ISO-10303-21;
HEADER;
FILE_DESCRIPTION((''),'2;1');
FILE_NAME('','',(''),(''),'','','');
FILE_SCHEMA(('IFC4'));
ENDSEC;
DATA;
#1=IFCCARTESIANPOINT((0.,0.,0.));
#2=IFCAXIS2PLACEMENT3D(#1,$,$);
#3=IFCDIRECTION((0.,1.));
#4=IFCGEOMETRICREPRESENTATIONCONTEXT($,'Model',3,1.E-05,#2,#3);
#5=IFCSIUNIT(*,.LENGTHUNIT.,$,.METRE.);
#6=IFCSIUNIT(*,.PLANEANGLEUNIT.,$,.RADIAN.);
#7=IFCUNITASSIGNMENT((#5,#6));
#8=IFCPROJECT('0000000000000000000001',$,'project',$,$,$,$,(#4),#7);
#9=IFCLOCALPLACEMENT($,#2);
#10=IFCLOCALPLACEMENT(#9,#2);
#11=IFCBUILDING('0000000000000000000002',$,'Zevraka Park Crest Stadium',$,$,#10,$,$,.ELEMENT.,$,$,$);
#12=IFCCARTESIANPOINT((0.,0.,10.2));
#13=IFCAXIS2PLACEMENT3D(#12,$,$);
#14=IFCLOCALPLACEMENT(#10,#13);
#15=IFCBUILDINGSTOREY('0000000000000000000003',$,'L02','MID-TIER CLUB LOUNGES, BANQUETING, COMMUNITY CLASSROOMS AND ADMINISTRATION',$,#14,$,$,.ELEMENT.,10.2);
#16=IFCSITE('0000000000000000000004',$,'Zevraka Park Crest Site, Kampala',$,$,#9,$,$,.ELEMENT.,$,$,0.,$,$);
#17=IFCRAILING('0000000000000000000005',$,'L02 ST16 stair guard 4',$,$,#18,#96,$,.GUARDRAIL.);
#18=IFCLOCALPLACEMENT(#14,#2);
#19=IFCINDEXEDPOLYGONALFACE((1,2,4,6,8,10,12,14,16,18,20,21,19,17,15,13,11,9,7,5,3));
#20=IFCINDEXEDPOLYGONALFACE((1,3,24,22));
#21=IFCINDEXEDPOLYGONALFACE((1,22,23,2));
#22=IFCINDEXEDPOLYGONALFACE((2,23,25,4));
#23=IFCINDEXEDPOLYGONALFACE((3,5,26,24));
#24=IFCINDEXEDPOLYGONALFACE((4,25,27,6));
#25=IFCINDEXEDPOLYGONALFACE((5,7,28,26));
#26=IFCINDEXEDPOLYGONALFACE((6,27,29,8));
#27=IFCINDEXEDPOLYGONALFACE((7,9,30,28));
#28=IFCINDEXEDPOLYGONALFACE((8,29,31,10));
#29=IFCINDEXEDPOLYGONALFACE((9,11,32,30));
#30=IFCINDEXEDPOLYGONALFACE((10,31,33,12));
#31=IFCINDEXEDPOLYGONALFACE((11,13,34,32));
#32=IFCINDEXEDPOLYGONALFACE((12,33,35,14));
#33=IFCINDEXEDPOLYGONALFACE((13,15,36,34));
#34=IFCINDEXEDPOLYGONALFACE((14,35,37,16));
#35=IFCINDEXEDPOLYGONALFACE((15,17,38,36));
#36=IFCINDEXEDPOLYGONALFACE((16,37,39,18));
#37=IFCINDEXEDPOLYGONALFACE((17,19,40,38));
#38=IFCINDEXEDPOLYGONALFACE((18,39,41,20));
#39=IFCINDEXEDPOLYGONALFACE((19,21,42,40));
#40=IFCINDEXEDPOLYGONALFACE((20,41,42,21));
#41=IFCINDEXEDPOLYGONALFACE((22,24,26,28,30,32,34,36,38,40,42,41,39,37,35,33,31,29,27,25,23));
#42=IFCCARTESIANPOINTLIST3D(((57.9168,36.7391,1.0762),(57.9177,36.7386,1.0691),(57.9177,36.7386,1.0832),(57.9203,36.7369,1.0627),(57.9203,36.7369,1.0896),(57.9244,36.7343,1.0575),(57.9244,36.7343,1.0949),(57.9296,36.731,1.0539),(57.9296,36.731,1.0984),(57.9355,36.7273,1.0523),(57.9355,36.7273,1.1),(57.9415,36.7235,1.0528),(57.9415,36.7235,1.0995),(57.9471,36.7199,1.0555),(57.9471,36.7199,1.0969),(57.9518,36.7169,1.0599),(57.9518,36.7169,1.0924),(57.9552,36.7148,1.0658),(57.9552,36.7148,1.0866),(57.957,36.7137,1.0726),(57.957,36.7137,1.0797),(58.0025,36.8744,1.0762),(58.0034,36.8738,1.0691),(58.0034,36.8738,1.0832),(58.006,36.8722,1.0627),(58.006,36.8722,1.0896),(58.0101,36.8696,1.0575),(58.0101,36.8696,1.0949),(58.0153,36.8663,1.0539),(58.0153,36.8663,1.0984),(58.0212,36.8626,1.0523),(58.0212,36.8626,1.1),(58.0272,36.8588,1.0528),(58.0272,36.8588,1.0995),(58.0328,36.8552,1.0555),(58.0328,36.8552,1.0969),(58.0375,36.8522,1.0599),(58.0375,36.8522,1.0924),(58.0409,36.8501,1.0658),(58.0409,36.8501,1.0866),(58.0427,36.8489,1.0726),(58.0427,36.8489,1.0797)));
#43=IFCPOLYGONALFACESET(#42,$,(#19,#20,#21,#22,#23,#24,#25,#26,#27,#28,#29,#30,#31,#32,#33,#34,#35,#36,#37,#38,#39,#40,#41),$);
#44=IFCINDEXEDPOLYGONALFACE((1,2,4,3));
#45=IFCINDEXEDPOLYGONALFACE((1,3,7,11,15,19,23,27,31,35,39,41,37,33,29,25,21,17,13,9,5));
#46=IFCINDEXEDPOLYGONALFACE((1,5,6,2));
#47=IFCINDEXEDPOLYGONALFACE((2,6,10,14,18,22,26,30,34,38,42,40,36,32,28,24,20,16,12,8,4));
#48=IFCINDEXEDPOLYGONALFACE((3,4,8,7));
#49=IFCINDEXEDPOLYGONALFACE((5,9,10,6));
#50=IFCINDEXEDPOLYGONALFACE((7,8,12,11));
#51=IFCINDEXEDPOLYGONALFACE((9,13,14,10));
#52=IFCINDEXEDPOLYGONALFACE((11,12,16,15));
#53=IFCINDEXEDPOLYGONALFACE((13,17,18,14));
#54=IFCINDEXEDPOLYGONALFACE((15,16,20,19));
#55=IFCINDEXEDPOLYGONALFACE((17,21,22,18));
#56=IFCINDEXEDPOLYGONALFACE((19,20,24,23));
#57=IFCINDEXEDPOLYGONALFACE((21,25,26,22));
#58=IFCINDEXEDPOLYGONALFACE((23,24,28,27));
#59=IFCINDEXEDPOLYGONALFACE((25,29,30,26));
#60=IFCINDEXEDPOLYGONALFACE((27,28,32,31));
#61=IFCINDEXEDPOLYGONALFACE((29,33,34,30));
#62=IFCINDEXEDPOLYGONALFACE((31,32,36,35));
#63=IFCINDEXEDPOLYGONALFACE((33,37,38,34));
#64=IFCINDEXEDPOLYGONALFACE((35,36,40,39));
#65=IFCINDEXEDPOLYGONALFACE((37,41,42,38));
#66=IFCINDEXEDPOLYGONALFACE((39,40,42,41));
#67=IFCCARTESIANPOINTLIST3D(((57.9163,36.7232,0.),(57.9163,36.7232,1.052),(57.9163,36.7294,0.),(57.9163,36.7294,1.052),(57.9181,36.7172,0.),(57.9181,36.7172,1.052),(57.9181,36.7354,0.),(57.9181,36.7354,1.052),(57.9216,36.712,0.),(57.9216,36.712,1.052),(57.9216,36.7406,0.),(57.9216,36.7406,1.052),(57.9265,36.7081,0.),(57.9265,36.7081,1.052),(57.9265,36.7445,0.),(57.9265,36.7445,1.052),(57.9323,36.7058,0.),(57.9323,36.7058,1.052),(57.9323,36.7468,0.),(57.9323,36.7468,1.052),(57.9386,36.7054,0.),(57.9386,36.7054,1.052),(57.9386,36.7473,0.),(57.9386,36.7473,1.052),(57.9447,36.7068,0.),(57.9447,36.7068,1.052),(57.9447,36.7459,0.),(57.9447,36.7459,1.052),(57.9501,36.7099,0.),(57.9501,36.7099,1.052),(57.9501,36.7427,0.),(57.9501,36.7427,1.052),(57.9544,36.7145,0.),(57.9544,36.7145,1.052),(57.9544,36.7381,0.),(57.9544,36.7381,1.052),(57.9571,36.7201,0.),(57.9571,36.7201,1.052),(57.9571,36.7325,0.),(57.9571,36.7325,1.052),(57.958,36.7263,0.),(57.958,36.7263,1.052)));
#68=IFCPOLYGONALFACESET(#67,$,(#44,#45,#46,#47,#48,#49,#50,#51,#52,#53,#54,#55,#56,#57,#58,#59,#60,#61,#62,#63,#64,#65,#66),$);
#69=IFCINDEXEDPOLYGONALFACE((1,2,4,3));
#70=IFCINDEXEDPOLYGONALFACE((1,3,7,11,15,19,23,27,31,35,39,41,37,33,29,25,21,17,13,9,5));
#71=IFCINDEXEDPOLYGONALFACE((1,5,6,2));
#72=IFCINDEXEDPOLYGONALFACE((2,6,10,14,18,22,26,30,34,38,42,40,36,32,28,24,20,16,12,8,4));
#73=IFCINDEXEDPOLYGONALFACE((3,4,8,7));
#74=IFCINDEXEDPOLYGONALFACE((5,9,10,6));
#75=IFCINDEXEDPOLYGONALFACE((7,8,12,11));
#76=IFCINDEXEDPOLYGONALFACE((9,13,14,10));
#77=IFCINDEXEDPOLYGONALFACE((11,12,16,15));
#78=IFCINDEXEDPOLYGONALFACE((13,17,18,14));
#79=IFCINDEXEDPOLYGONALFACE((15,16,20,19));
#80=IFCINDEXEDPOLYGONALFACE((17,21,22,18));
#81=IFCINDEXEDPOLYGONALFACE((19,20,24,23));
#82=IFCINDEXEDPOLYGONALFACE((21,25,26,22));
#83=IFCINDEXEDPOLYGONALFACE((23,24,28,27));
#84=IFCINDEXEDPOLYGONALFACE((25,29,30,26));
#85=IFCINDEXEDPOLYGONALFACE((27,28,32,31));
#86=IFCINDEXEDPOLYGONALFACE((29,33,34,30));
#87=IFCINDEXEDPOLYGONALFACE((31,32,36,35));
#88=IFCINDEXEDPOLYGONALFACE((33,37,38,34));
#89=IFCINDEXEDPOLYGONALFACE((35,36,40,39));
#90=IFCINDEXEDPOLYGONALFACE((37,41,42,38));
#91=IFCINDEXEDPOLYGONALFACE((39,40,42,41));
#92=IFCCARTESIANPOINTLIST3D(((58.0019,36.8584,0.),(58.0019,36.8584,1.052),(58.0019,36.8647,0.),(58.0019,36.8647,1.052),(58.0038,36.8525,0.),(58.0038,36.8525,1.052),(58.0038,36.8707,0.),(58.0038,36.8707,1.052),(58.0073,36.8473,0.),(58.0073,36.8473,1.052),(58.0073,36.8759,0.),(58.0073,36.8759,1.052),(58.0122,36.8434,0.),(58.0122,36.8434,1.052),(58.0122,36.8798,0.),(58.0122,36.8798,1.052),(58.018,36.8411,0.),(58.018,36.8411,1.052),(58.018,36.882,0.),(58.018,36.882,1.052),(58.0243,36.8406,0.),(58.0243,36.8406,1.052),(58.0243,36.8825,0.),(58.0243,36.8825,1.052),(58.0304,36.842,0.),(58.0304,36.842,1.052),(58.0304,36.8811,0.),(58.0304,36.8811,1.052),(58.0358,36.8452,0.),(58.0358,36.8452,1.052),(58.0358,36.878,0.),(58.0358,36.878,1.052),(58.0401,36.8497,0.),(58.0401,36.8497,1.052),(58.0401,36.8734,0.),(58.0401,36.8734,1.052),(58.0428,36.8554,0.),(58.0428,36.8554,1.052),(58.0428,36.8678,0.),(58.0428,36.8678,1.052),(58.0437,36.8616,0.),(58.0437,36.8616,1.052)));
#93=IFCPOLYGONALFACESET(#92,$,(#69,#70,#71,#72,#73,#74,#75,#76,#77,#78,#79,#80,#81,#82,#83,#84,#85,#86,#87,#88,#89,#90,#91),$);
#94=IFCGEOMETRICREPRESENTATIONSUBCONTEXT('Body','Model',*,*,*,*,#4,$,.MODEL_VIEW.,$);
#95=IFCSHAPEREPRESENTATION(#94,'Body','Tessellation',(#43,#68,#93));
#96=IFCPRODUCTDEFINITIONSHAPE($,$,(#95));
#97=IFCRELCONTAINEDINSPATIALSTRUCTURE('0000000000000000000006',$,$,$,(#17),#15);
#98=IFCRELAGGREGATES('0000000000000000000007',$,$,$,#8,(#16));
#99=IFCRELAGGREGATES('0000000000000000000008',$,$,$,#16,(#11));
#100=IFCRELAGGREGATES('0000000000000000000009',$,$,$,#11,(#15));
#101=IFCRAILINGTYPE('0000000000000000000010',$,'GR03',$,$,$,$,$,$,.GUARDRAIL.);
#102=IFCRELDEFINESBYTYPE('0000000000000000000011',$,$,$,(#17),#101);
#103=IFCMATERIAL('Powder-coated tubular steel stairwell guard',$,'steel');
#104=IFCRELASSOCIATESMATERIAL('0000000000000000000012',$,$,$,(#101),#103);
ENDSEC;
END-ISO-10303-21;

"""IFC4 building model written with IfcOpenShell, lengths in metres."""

from ifc_helpers import new_model, si_unit, direction, frame, origin, origin_2d, place, context, subcontext, project, spatial, circle, extrude, material, type_object, element, save


model = new_model("IFC4")

# Units and contexts
model_context = context("Model", 3, precision=1e-05, world=origin(), true_north=direction((0.0, 1.0)))
body_context = subcontext(model_context, "Body", "Model", "MODEL_VIEW")
ifc_project = project(units=[si_unit("LENGTHUNIT", "METRE"), si_unit("PLANEANGLEUNIT", "RADIAN")], contexts=[model_context])

# Site, building, storey
site_placement = place(None, origin())
site = spatial("IfcSite", under=ifc_project, at=site_placement, Name="Zevraka Park Crest Site, Kampala", CompositionType="ELEMENT", RefElevation=0.0)
building_placement = place(site_placement, origin())
building = spatial("IfcBuilding", under=site, at=building_placement, Name="Zevraka Park Crest Stadium", CompositionType="ELEMENT")
storey_placement = place(building_placement, frame((0.0, 0.0, 10.2)))
storey = spatial("IfcBuildingStorey", under=building, at=storey_placement, Name="L02", Description="MID-TIER CLUB LOUNGES, BANQUETING, COMMUNITY CLASSROOMS AND ADMINISTRATION", CompositionType="ELEMENT", Elevation=10.2)

# Railing
ifc_material_1 = material(Name="Powder-coated tubular steel stairwell guard", Category="steel")
railing_type_1 = type_object("IfcRailingType", Name="GR03", PredefinedType="GUARDRAIL", material=ifc_material_1)
railing_1_placement = place(storey_placement, frame((57.937, 36.7263, 0.0)))
element("IfcRailing", 1, at=railing_1_placement, inside=storey, type_object=railing_type_1, Name="L02 ST16 stair guard 4", PredefinedType="GUARDRAIL", context=body_context, shape_type="SweptSolid", body=[
    extrude(circle(Radius=0.0239, at=origin_2d()), frame((0.0, 0.0, 1.0762), z_axis=(0.535197, 0.844727, 0.0), x_axis=(-0.844727, 0.535197, 0.0)), (0.0, 0.0, 1.0), 0.1602),
    extrude(circle(Radius=0.021, at=origin_2d()), origin(), (0.0, 0.0, 1.0), 1.052),
    extrude(circle(Radius=0.021, at=origin_2d()), frame((0.0857, 0.1353, 0.0)), (0.0, 0.0, 1.0), 1.052),
])

save(model, "model.ifc")
